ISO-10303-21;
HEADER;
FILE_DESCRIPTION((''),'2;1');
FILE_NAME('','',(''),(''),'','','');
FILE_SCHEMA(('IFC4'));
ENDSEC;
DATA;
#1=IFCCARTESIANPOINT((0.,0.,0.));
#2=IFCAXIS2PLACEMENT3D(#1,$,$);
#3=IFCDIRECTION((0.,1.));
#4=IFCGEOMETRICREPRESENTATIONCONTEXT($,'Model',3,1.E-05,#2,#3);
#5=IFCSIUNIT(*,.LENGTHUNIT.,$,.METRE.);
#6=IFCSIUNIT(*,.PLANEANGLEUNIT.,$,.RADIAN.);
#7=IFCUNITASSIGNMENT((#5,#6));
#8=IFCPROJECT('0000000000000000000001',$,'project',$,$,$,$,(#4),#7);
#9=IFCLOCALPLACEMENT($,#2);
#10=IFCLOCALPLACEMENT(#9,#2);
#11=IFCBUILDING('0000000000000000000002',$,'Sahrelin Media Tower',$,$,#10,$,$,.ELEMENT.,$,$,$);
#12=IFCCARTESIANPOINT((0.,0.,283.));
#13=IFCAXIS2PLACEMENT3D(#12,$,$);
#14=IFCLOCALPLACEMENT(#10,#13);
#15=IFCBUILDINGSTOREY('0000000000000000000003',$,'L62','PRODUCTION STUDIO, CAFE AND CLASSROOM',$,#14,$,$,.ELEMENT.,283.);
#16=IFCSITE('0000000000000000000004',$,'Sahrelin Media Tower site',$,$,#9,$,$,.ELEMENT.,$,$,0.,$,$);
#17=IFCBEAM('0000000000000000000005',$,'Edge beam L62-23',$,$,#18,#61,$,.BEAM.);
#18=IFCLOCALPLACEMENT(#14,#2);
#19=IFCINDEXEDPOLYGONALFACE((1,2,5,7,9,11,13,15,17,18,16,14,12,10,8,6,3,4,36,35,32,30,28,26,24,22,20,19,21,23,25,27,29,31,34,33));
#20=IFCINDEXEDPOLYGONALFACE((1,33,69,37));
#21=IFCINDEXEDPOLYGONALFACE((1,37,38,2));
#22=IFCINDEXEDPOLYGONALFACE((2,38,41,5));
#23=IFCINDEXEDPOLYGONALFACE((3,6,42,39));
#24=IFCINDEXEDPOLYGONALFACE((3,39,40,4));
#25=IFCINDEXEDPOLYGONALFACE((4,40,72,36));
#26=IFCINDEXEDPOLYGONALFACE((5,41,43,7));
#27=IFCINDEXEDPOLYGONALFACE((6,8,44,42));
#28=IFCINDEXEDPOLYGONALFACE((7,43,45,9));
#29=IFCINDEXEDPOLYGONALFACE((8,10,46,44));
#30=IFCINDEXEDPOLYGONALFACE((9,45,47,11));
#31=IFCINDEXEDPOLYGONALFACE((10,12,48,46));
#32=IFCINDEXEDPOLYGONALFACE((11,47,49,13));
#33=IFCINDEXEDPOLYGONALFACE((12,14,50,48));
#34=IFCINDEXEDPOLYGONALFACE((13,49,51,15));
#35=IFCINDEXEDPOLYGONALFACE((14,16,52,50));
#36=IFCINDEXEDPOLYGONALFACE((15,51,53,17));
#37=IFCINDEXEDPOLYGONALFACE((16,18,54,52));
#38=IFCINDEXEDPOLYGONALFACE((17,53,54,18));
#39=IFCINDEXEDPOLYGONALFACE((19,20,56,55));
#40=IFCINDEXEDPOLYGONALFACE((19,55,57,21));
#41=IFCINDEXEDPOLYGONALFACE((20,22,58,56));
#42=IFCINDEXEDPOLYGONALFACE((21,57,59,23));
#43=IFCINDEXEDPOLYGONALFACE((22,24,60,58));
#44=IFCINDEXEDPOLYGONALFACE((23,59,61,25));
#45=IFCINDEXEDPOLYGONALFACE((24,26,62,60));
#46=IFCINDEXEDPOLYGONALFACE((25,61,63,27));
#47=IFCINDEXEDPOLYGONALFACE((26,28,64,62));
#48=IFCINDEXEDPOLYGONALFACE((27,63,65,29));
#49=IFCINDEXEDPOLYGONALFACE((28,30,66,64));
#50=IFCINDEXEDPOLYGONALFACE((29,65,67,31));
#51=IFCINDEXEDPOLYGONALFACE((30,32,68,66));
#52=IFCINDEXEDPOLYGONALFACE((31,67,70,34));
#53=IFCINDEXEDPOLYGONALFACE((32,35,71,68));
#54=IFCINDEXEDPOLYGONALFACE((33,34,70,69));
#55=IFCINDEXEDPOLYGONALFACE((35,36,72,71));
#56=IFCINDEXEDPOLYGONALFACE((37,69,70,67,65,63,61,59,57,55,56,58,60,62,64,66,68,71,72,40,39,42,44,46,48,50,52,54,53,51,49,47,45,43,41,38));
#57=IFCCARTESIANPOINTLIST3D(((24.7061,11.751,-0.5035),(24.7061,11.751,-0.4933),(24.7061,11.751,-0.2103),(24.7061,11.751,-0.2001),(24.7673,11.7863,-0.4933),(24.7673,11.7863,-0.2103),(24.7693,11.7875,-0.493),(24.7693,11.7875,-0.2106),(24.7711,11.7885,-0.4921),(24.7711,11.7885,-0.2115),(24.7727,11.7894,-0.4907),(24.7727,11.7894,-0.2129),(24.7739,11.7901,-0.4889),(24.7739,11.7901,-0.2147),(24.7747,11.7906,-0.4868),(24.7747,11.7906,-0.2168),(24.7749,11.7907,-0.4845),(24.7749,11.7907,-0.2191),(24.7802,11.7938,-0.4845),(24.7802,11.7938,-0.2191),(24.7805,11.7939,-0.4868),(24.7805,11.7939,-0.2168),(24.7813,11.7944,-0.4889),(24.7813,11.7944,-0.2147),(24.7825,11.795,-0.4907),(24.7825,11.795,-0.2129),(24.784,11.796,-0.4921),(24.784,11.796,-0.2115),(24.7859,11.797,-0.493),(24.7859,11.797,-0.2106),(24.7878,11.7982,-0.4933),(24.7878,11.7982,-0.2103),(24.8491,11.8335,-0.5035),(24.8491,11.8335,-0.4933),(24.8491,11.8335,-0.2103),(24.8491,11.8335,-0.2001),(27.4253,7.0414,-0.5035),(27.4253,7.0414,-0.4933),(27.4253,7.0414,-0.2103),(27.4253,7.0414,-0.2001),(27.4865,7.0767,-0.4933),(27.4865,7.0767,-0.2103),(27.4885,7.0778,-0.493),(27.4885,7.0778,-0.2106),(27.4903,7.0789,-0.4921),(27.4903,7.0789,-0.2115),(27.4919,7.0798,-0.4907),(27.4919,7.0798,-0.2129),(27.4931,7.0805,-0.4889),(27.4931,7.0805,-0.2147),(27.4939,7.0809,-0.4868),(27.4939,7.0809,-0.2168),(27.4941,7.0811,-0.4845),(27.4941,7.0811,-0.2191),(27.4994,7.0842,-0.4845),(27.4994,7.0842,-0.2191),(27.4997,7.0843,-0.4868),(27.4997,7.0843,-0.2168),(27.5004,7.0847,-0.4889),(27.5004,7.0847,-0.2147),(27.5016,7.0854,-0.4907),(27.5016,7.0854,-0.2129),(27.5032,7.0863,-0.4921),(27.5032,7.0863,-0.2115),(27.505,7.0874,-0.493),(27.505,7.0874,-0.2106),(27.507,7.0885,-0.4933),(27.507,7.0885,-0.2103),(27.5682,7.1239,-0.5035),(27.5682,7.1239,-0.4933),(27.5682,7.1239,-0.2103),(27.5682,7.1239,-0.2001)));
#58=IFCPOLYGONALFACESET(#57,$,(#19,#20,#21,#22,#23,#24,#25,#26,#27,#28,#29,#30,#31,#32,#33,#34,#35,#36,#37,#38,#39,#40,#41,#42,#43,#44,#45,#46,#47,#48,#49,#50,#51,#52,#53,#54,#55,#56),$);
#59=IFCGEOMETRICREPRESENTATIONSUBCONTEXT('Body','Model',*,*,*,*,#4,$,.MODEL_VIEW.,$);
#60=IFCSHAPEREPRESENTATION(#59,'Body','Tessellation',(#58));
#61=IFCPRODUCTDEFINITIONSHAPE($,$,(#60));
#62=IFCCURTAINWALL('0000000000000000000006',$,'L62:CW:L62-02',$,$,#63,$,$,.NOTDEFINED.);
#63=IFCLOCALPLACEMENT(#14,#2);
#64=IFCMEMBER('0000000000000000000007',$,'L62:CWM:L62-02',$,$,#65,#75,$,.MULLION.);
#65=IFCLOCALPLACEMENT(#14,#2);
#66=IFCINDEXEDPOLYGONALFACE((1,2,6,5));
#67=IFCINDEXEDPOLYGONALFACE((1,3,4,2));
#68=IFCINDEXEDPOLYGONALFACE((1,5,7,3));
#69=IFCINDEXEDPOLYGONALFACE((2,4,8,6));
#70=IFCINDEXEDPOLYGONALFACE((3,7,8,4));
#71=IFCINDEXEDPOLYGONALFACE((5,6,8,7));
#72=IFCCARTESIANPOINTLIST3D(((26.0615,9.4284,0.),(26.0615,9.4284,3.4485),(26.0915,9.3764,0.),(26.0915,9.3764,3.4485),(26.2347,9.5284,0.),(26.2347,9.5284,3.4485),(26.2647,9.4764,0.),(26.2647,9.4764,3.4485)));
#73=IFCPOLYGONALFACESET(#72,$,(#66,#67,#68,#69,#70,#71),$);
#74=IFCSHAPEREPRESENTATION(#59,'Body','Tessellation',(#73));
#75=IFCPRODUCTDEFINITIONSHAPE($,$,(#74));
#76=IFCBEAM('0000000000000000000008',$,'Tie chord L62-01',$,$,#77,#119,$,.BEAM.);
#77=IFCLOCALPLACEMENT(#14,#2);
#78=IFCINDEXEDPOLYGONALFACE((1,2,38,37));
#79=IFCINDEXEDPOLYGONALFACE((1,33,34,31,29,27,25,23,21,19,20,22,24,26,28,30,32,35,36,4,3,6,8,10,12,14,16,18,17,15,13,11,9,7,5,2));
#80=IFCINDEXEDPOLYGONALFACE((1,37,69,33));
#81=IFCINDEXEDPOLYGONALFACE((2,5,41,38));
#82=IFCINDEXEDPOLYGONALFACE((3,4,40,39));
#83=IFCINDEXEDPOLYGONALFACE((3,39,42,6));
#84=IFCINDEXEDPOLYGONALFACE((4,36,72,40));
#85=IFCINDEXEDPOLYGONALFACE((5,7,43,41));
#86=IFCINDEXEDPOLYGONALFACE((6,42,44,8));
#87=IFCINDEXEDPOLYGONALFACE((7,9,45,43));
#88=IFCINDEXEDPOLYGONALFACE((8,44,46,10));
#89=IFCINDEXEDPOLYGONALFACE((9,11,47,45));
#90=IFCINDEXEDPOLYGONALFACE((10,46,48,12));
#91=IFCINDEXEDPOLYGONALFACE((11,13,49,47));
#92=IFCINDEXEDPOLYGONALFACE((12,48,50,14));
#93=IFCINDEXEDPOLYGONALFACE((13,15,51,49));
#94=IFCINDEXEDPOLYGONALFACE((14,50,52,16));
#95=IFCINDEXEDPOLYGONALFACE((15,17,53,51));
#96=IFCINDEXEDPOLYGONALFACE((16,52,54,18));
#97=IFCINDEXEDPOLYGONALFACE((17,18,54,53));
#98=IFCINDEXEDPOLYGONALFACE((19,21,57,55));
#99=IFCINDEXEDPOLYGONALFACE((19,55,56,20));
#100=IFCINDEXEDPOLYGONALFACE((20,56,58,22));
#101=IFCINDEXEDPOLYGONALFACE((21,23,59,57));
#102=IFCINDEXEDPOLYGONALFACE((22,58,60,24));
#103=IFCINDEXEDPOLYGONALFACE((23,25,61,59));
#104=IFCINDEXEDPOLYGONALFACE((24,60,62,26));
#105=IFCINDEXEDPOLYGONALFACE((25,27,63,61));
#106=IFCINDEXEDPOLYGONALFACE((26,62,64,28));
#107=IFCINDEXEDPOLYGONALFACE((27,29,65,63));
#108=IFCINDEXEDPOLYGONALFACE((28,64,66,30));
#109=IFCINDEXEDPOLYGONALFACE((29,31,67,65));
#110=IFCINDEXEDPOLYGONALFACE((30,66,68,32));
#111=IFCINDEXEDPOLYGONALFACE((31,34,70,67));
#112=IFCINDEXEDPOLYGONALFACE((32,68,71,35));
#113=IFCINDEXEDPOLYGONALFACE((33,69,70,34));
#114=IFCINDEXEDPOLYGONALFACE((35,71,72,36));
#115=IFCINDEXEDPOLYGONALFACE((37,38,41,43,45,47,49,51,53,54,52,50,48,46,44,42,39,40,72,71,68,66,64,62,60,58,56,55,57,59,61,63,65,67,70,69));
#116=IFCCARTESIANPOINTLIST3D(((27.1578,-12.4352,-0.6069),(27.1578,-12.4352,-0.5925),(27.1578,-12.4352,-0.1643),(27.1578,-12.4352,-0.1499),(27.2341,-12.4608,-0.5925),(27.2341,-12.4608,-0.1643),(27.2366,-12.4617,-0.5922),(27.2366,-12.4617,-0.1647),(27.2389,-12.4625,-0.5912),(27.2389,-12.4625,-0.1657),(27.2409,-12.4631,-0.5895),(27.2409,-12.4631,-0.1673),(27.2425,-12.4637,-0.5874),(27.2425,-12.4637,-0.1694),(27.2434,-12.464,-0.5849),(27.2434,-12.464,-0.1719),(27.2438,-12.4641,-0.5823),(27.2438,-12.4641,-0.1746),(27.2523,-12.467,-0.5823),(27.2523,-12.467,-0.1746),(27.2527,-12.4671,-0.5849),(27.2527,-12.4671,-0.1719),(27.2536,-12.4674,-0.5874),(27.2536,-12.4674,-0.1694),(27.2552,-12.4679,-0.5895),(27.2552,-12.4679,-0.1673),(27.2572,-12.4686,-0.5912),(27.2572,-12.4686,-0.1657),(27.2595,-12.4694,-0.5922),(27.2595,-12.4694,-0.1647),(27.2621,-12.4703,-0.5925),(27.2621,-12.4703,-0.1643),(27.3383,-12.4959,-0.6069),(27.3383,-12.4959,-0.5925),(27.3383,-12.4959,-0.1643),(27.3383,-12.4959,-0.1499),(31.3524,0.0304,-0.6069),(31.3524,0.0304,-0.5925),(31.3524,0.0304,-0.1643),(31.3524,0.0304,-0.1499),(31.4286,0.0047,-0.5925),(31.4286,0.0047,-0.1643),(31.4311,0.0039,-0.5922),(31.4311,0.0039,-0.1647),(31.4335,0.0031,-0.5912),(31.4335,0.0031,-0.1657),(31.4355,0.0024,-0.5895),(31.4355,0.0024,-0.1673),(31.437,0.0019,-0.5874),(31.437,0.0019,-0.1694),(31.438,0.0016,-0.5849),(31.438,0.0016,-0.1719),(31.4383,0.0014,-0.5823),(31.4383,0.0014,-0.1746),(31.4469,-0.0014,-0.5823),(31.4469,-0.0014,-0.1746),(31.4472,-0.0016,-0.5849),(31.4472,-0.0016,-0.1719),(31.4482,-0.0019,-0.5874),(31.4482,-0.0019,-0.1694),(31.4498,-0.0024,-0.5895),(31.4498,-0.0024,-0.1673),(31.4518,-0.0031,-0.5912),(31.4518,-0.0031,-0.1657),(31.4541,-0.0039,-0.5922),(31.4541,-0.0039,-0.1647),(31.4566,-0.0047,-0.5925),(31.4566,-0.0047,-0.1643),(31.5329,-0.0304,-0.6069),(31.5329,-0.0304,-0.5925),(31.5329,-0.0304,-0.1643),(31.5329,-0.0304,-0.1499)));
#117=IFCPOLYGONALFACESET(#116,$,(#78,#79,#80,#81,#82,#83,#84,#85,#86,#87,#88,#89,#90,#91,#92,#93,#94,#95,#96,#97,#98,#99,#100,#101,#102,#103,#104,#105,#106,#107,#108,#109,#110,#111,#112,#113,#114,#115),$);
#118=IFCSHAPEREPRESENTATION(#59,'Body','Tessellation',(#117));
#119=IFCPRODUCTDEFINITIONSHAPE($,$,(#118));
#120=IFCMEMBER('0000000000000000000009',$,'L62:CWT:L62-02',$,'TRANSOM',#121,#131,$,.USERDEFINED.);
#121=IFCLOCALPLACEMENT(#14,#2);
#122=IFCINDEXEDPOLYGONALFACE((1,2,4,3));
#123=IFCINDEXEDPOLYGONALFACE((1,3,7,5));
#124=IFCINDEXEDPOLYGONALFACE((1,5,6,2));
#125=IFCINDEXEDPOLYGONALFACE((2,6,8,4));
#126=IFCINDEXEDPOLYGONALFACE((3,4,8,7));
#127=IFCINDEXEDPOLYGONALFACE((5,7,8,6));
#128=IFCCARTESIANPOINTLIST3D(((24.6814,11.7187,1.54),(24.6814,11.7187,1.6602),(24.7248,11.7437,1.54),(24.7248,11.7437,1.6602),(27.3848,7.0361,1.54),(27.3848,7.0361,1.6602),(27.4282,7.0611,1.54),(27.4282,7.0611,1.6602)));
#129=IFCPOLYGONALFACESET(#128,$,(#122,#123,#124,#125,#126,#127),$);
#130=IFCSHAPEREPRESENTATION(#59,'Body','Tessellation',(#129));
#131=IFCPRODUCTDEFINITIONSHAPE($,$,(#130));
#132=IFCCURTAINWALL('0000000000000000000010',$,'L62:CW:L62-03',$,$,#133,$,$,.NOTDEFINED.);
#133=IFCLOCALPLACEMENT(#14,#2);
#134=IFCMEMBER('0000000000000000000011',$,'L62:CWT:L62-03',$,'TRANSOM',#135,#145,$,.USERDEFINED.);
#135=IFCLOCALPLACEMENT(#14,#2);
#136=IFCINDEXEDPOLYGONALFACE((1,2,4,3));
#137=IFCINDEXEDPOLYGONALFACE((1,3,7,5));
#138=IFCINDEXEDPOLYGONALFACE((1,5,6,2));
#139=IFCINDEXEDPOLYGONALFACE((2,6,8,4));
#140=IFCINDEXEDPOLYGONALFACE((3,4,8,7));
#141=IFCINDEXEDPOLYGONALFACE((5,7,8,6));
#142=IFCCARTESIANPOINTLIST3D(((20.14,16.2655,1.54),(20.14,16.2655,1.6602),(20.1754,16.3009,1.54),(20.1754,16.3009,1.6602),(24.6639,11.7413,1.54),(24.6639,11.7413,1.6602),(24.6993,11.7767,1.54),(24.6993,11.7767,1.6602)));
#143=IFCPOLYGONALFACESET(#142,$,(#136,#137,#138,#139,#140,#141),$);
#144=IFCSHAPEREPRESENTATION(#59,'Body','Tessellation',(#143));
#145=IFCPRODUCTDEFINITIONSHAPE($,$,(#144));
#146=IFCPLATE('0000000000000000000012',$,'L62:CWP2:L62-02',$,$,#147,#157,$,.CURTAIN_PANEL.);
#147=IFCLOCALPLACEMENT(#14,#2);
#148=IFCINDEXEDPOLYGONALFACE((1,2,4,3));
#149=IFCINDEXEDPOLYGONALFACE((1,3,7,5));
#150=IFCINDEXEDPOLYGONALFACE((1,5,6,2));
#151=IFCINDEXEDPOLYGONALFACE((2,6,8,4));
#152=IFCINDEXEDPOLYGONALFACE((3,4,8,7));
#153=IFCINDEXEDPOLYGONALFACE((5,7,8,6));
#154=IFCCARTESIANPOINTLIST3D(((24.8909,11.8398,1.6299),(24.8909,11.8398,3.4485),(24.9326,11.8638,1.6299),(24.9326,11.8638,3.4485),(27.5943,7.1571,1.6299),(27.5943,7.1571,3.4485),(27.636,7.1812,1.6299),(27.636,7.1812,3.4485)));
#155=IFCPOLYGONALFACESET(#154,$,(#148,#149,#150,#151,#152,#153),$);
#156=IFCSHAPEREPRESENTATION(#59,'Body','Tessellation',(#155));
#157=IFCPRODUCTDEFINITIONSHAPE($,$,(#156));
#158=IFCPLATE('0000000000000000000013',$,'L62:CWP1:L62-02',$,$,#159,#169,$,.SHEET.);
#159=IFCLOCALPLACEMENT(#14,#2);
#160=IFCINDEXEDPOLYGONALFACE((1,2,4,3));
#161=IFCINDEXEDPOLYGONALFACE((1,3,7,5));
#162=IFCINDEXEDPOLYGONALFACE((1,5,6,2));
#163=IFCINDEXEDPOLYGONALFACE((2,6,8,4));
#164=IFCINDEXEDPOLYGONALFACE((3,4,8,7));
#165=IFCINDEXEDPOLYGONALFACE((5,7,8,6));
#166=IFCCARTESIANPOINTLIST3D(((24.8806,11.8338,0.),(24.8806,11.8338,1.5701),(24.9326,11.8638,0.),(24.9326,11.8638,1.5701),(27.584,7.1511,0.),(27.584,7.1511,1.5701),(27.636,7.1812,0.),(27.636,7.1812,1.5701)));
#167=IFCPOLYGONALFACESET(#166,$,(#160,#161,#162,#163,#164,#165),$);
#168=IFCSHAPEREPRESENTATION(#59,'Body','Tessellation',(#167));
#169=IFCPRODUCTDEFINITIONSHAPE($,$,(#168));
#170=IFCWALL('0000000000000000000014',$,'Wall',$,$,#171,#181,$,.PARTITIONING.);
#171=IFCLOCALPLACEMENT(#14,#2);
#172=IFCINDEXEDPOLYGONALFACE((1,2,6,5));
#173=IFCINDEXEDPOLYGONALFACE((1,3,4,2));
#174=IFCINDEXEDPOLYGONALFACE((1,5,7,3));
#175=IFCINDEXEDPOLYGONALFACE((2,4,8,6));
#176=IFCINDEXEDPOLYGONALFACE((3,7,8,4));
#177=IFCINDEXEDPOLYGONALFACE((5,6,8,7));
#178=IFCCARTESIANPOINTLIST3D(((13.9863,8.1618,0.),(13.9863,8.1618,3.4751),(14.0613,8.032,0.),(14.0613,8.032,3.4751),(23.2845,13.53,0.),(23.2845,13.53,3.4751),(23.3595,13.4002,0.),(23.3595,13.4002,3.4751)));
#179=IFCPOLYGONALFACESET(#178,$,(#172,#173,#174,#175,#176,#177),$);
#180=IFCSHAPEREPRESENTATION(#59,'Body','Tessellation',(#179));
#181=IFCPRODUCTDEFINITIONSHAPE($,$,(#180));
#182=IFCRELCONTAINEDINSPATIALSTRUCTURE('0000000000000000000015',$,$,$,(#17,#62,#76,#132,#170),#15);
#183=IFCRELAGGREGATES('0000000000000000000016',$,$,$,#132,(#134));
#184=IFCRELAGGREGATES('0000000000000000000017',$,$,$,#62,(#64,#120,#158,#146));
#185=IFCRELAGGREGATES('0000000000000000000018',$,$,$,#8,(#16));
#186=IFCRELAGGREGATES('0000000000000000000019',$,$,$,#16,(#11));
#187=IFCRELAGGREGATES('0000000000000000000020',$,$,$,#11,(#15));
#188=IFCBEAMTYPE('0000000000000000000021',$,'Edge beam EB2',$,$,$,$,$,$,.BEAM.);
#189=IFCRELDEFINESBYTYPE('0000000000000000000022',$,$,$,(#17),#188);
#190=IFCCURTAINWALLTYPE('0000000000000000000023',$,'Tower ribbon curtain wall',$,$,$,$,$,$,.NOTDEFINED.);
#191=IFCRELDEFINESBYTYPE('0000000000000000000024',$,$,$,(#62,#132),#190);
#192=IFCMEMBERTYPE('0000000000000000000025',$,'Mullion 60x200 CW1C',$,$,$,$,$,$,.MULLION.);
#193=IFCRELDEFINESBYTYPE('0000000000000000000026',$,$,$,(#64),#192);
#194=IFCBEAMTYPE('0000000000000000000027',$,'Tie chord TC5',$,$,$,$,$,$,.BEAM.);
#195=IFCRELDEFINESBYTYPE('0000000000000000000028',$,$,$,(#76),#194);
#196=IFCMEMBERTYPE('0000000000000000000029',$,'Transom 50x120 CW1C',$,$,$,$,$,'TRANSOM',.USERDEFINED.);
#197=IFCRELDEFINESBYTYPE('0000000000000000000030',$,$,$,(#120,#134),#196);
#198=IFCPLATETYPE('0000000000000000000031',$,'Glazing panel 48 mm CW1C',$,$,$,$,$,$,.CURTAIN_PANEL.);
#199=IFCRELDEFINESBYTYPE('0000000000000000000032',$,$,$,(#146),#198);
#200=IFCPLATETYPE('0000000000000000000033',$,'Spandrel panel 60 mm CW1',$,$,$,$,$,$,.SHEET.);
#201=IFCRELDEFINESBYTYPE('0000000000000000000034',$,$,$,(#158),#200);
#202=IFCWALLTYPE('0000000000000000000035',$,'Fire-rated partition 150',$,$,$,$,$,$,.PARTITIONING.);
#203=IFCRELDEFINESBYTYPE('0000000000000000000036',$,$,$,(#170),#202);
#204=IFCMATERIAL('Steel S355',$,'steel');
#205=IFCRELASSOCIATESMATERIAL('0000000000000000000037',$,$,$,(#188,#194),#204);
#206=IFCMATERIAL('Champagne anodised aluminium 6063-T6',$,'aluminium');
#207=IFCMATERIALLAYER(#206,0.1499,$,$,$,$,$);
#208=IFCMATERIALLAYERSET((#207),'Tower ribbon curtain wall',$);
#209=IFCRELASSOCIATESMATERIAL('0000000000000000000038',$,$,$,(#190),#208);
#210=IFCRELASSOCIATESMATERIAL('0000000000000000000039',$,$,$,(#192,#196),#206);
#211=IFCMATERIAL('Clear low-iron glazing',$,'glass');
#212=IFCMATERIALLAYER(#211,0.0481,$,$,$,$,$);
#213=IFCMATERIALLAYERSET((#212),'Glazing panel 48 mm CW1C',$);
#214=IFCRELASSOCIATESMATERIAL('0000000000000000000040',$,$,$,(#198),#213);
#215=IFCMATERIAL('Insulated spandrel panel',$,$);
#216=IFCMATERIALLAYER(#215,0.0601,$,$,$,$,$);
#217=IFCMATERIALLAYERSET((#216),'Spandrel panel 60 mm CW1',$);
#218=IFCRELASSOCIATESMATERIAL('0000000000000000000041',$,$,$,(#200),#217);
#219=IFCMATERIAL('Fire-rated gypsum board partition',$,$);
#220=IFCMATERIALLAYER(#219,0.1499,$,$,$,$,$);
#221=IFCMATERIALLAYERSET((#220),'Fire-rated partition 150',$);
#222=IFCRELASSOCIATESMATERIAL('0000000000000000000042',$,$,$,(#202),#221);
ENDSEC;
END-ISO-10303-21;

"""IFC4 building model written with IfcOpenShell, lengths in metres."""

from ifc_helpers import new_model, si_unit, direction, frame, frame_2d, origin, origin_2d, place, context, subcontext, project, spatial, polyline, rectangle, i_section, outline, extrude, material, layer, layer_set, material_profile, profile_set, type_object, element, aggregate, save


model = new_model("IFC4")

# Units and contexts
model_context = context("Model", 3, precision=1e-05, world=origin(), true_north=direction((0.0, 1.0)))
body_context = subcontext(model_context, "Body", "Model", "MODEL_VIEW")
ifc_project = project(units=[si_unit("LENGTHUNIT", "METRE"), si_unit("PLANEANGLEUNIT", "RADIAN")], contexts=[model_context])

# Site, building, storey
site_placement = place(None, origin())
site = spatial("IfcSite", under=ifc_project, at=site_placement, Name="Sahrelin Media Tower site", CompositionType="ELEMENT", RefElevation=0.0)
building_placement = place(site_placement, origin())
building = spatial("IfcBuilding", under=site, at=building_placement, Name="Sahrelin Media Tower", CompositionType="ELEMENT")
storey_placement = place(building_placement, frame((0.0, 0.0, 283.0)))
storey = spatial("IfcBuildingStorey", under=building, at=storey_placement, Name="L62", Description="PRODUCTION STUDIO, CAFE AND CLASSROOM", CompositionType="ELEMENT", Elevation=283.0)

# Beam
ifc_material_1 = material(Name="Steel S355", Category="steel")
ifc_material_profile_1 = material_profile(ifc_material_1, i_section(OverallWidth=0.165, OverallDepth=0.3035, WebThickness=0.0061, FlangeThickness=0.0103, FilletRadius=0.0088, at=origin_2d()), Name="UB 305x165x40")
ifc_profile_set_1 = profile_set([ifc_material_profile_1], Name="Steel S355")
beam_type_1 = type_object("IfcBeamType", Name="Edge beam EB2", PredefinedType="BEAM", material=ifc_profile_set_1)
beam_1_placement = place(storey_placement, frame((24.7776, 11.7922, -0.3518), z_axis=(0.500011, -0.866019, 0.0), x_axis=(0.866019, 0.500011, 0.0)))
element("IfcBeam", 1, at=beam_1_placement, inside=storey, type_object=beam_type_1, Name="Edge beam L62-23", PredefinedType="BEAM", context=body_context, shape_type="SweptSolid", body=[
    extrude(i_section(OverallWidth=0.165, OverallDepth=0.3035, WebThickness=0.0061, FlangeThickness=0.0103, FilletRadius=0.0088, at=origin_2d()), origin(), (0.0, 0.0, 1.0), 5.4382),
])

# Curtain wall, member
ifc_material_2 = material(Name="Champagne anodised aluminium 6063-T6", Category="aluminium")
ifc_layer_1 = layer(ifc_material_2, 0.1499)
ifc_layer_set_1 = layer_set([ifc_layer_1], Name="Tower ribbon curtain wall")
curtain_wall_type = type_object("IfcCurtainWallType", Name="Tower ribbon curtain wall", PredefinedType="NOTDEFINED", material=ifc_layer_set_1)
curtain_wall_1_placement = place(storey_placement, frame((26.2671, 9.5125, 0.0), z_axis=(0.0, 0.0, 1.0), x_axis=(1.0, 0.0, 0.0)))
curtain_wall_1 = element("IfcCurtainWall", 2, at=curtain_wall_1_placement, inside=storey, type_object=curtain_wall_type, Name="L62:CW:L62-02", PredefinedType="NOTDEFINED")
ifc_material_profile_2 = material_profile(ifc_material_2, rectangle(XDim=0.0601, YDim=0.2, at=origin_2d()), Name="Mullion 60x200")
ifc_profile_set_2 = profile_set([ifc_material_profile_2], Name="Champagne anodised aluminium 6063-T6")
member_type_1 = type_object("IfcMemberType", Name="Mullion 60x200 CW1C", PredefinedType="MULLION", material=ifc_profile_set_2)
member_1_placement = place(storey_placement, frame((26.1631, 9.4524, 0.0), z_axis=(0.0, 0.0, 1.0), x_axis=(-0.5, 0.866025, 0.0)))
member_1 = element("IfcMember", 3, at=member_1_placement, type_object=member_type_1, Name="L62:CWM:L62-02", PredefinedType="MULLION", context=body_context, shape_type="SweptSolid", body=[
    extrude(rectangle(XDim=0.0601, YDim=0.2, at=origin_2d()), origin(), (0.0, 0.0, 1.0), 3.4485),
])

# Beam
ifc_material_profile_3 = material_profile(ifc_material_1, i_section(OverallWidth=0.1904, OverallDepth=0.457, WebThickness=0.009, FlangeThickness=0.0144, FilletRadius=0.0103, at=origin_2d()), Name="UB 457x191x74")
ifc_profile_set_3 = profile_set([ifc_material_profile_3], Name="Steel S355")
beam_type_2 = type_object("IfcBeamType", Name="Tie chord TC5", PredefinedType="BEAM", material=ifc_profile_set_3)
beam_2_placement = place(storey_placement, frame((31.4426, 0.0, -0.3784), z_axis=(-0.318922, -0.947781, 0.0), x_axis=(0.947781, -0.318922, 0.0)))
element("IfcBeam", 4, at=beam_2_placement, inside=storey, type_object=beam_type_2, Name="Tie chord L62-01", PredefinedType="BEAM", context=body_context, shape_type="SweptSolid", body=[
    extrude(i_section(OverallWidth=0.1904, OverallDepth=0.457, WebThickness=0.009, FlangeThickness=0.0144, FilletRadius=0.0103, at=origin_2d()), origin(), (0.0, 0.0, 1.0), 13.1523),
])

# Member
ifc_material_profile_4 = material_profile(ifc_material_2, rectangle(XDim=0.05, YDim=0.1201, at=origin_2d()), Name="Transom 50x120")
ifc_profile_set_4 = profile_set([ifc_material_profile_4], Name="Champagne anodised aluminium 6063-T6")
member_type_2 = type_object("IfcMemberType", Name="Transom 50x120 CW1C", ElementType="TRANSOM", PredefinedType="USERDEFINED", material=ifc_profile_set_4)
member_2_placement = place(storey_placement, frame((27.4065, 7.0486, 1.6001), z_axis=(-0.49998, 0.866037, 0.0), x_axis=(-0.866037, -0.49998, 0.0)))
member_2 = element("IfcMember", 5, at=member_2_placement, type_object=member_type_2, Name="L62:CWT:L62-02", ObjectType="TRANSOM", PredefinedType="USERDEFINED", context=body_context, shape_type="SweptSolid", body=[
    extrude(rectangle(XDim=0.05, YDim=0.1201, at=origin_2d()), origin(), (0.0, 0.0, 1.0), 5.407),
])

# Curtain wall, member
curtain_wall_2_placement = place(storey_placement, frame((22.593, 14.1943, 0.0), z_axis=(0.0, 0.0, 1.0), x_axis=(1.0, 0.0, 0.0)))
curtain_wall_2 = element("IfcCurtainWall", 6, at=curtain_wall_2_placement, inside=storey, type_object=curtain_wall_type, Name="L62:CW:L62-03", PredefinedType="NOTDEFINED")
member_3_placement = place(storey_placement, frame((24.6816, 11.759, 1.6001), z_axis=(-0.707088, 0.707126, 0.0), x_axis=(-0.707126, -0.707088, 0.0)))
member_3 = element("IfcMember", 7, at=member_3_placement, type_object=member_type_2, Name="L62:CWT:L62-03", ObjectType="TRANSOM", PredefinedType="USERDEFINED", context=body_context, shape_type="SweptSolid", body=[
    extrude(rectangle(XDim=0.05, YDim=0.1201, at=origin_2d()), origin(), (0.0, 0.0, 1.0), 6.3979),
])
aggregate(curtain_wall_2, [member_3])

# Plates
ifc_material_3 = material(Name="Clear low-iron glazing", Category="glass")
ifc_layer_2 = layer(ifc_material_3, 0.0481)
ifc_layer_set_2 = layer_set([ifc_layer_2], Name="Glazing panel 48 mm CW1C")
plate_type_1 = type_object("IfcPlateType", Name="Glazing panel 48 mm CW1C", PredefinedType="CURTAIN_PANEL", material=ifc_layer_set_2)
plate_1_placement = place(storey_placement, frame((27.636, 7.1812, 1.6299), z_axis=(0.866037, 0.49998, 0.0), x_axis=(-0.49998, 0.866037, 0.0)))
plate_1 = element("IfcPlate", 8, at=plate_1_placement, type_object=plate_type_1, Name="L62:CWP2:L62-02", PredefinedType="CURTAIN_PANEL", context=body_context, shape_type="SweptSolid", body=[
    extrude(outline(polyline([(0.0, 0.0), (5.407, 0.0), (5.407, 1.8186), (0.0, 1.8186), (0.0, 0.0)])), origin(), (0.0, 0.0, -1.0), 0.0481),
])
ifc_material_4 = material(Name="Insulated spandrel panel")
ifc_layer_3 = layer(ifc_material_4, 0.0601)
ifc_layer_set_3 = layer_set([ifc_layer_3], Name="Spandrel panel 60 mm CW1")
plate_type_2 = type_object("IfcPlateType", Name="Spandrel panel 60 mm CW1", PredefinedType="SHEET", material=ifc_layer_set_3)
plate_2_placement = place(storey_placement, frame((27.636, 7.1812, 0.0), z_axis=(0.866037, 0.49998, 0.0), x_axis=(-0.49998, 0.866037, 0.0)))
plate_2 = element("IfcPlate", 9, at=plate_2_placement, type_object=plate_type_2, Name="L62:CWP1:L62-02", PredefinedType="SHEET", context=body_context, shape_type="SweptSolid", body=[
    extrude(outline(polyline([(0.0, 0.0), (5.407, 0.0), (5.407, 1.5701), (0.0, 1.5701), (0.0, 0.0)])), origin(), (0.0, 0.0, -1.0), 0.0601),
])
aggregate(curtain_wall_1, [member_1, member_2, plate_2, plate_1])

# Wall
ifc_material_5 = material(Name="Fire-rated gypsum board partition")
ifc_layer_4 = layer(ifc_material_5, 0.1499)
ifc_layer_set_4 = layer_set([ifc_layer_4], Name="Fire-rated partition 150")
wall_type_1 = type_object("IfcWallType", Name="Fire-rated partition 150", PredefinedType="PARTITIONING", material=ifc_layer_set_4)
wall_1_placement = place(storey_placement, frame((14.0239, 8.0969, 0.0), z_axis=(0.0, 0.0, 1.0), x_axis=(0.866029, 0.499993, 0.0)))
element("IfcWall", 10, at=wall_1_placement, inside=storey, type_object=wall_type_1, Name="Wall", PredefinedType="PARTITIONING", context=body_context, shape_type="SweptSolid", body=[
    extrude(rectangle(XDim=10.7366, YDim=0.1499, at=frame_2d((5.3682, 0.0))), origin(), (0.0, 0.0, 1.0), 3.4751),
])

save(model, "model.ifc")
